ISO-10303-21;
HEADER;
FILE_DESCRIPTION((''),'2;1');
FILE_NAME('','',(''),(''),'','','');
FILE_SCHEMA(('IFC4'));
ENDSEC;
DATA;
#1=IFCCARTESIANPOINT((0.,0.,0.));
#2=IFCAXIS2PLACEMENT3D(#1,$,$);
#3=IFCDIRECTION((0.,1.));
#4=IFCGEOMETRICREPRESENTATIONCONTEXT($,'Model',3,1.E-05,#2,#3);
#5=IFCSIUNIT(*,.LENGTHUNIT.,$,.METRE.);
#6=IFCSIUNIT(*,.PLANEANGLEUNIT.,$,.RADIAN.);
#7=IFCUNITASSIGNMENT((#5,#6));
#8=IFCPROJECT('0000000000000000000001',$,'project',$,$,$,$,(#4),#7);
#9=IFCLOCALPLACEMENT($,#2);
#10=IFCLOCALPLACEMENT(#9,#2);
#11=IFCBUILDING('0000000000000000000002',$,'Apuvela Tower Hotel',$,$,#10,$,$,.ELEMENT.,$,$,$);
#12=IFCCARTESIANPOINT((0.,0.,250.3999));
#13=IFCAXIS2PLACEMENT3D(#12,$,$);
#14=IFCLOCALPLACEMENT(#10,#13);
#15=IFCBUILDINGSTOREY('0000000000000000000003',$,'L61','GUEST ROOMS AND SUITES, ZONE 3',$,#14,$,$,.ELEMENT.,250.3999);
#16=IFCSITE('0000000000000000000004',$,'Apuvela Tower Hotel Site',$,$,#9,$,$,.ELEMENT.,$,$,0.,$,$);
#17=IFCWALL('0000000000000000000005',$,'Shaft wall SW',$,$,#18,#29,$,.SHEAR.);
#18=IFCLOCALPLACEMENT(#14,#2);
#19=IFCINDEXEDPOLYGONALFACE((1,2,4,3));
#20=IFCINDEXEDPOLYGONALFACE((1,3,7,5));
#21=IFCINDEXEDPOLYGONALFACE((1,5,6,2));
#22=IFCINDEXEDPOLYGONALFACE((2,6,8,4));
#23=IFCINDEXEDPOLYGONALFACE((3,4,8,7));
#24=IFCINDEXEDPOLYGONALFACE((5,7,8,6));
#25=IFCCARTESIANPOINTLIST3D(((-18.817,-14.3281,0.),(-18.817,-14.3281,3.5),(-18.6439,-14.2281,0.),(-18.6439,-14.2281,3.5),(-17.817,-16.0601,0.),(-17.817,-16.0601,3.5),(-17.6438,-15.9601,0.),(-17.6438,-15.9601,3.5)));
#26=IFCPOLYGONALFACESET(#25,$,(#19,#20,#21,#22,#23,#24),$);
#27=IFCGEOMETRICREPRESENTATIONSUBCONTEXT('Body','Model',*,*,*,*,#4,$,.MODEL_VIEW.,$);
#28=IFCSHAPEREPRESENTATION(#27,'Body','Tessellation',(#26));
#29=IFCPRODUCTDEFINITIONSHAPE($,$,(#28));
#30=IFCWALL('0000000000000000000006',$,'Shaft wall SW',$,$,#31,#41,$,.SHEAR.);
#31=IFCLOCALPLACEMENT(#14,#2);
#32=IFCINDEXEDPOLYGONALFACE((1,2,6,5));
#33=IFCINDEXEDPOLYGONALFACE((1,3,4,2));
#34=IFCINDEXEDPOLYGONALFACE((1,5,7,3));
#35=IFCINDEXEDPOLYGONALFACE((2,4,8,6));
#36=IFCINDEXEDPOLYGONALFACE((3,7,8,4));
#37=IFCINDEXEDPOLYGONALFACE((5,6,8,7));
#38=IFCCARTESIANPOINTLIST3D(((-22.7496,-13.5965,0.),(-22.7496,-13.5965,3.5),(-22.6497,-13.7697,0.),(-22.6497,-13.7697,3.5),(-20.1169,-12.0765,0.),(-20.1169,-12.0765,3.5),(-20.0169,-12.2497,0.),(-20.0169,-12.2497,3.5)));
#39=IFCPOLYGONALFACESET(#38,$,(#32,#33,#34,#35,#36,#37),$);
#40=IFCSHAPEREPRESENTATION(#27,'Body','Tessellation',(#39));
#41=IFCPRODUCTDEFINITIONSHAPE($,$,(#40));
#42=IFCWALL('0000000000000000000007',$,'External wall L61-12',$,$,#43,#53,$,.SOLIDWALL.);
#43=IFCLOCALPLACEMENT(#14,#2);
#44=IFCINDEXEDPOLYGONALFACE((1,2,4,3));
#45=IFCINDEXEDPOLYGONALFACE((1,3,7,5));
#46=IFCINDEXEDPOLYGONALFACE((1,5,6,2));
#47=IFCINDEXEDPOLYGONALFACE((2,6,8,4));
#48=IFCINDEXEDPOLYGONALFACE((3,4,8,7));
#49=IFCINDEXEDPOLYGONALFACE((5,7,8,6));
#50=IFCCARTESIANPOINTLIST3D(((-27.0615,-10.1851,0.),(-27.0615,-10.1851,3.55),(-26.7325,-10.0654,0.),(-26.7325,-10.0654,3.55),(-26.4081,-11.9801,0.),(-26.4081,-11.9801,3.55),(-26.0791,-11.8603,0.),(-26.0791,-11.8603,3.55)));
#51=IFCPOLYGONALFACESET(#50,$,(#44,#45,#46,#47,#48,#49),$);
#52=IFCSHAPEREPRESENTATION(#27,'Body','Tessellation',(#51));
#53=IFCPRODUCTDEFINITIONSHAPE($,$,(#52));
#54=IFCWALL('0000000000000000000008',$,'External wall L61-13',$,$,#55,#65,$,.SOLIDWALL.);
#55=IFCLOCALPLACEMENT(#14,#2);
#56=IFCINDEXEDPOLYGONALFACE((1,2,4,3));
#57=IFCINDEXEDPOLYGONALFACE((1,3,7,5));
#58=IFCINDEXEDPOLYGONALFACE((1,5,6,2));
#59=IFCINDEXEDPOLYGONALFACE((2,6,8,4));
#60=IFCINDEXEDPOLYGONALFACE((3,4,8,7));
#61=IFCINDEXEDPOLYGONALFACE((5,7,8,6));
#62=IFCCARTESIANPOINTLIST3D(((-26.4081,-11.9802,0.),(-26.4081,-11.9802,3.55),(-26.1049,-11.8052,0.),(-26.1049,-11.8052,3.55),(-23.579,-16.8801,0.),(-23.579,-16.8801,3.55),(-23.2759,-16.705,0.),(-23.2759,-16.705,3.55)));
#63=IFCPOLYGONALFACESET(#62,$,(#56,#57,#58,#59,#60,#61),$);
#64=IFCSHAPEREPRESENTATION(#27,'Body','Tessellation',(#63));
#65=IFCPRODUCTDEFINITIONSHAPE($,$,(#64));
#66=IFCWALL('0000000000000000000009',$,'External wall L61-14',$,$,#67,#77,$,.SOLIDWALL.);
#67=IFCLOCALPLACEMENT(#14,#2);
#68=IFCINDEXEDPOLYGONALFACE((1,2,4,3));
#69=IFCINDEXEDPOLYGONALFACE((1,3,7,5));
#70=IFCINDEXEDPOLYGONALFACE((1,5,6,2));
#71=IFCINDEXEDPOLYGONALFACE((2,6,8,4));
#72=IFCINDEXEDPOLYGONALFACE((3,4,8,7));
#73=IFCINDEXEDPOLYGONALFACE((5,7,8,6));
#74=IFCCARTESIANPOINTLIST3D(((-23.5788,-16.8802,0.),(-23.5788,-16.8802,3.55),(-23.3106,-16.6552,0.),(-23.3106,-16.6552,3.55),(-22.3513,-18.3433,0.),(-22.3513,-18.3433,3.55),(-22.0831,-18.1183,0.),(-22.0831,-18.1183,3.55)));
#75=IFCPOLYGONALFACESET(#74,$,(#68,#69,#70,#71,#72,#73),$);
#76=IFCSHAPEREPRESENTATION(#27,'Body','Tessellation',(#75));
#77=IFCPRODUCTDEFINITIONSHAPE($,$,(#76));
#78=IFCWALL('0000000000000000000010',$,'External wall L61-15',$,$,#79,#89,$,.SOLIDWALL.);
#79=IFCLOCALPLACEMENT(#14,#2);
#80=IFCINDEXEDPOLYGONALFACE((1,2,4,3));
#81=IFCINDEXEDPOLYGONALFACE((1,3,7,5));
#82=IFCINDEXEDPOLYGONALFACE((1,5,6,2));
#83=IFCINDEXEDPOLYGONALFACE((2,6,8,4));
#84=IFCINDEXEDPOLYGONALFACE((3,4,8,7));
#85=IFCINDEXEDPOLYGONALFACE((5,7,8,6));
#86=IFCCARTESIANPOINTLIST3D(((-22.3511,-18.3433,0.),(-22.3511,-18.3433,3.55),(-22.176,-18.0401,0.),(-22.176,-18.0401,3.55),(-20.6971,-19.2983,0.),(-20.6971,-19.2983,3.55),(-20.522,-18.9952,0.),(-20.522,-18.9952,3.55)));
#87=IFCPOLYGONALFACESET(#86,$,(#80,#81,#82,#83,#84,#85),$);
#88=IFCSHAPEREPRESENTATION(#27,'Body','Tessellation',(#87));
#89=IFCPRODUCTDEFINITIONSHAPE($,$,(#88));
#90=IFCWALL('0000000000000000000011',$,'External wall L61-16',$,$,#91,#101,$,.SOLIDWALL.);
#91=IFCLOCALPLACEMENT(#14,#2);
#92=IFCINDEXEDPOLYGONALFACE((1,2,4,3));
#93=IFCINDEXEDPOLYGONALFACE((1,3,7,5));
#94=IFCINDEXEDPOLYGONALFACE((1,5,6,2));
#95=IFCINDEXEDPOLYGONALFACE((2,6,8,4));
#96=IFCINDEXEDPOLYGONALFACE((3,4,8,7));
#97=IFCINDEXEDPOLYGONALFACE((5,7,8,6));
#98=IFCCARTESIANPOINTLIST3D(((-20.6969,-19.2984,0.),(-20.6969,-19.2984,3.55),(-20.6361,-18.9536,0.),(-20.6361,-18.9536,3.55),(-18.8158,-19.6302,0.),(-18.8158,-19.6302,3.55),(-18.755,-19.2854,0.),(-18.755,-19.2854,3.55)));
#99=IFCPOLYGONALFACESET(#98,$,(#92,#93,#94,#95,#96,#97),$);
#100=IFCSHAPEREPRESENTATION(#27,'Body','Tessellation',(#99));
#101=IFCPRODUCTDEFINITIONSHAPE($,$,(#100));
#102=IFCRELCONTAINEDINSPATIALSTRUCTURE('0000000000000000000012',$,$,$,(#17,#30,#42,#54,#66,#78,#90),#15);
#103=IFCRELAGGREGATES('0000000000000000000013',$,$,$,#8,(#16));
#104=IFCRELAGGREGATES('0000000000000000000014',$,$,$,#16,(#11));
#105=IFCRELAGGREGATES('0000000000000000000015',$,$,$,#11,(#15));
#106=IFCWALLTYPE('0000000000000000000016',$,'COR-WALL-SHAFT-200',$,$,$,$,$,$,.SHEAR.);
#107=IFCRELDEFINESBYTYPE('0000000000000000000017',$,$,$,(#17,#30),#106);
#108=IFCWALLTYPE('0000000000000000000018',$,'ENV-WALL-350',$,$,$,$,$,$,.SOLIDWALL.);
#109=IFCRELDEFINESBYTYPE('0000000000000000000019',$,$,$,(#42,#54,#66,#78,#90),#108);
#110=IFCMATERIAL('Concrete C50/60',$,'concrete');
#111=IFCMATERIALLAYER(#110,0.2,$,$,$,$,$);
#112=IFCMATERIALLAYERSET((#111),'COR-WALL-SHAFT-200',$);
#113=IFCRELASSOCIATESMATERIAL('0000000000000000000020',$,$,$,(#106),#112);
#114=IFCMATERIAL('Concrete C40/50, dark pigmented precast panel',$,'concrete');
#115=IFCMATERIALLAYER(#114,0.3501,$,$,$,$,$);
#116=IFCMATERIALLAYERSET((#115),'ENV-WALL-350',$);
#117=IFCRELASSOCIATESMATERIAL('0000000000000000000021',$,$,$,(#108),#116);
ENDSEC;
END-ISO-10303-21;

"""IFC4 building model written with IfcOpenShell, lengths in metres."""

from ifc_helpers import new_model, si_unit, direction, frame, frame_2d, origin, place, context, subcontext, project, spatial, rectangle, extrude, material, layer, layer_set, type_object, element, save


model = new_model("IFC4")

# Units and contexts
model_context = context("Model", 3, precision=1e-05, world=origin(), true_north=direction((0.0, 1.0)))
body_context = subcontext(model_context, "Body", "Model", "MODEL_VIEW")
ifc_project = project(units=[si_unit("LENGTHUNIT", "METRE"), si_unit("PLANEANGLEUNIT", "RADIAN")], contexts=[model_context])

# Site, building, storey
site_placement = place(None, origin())
site = spatial("IfcSite", under=ifc_project, at=site_placement, Name="Apuvela Tower Hotel Site", CompositionType="ELEMENT", RefElevation=0.0)
building_placement = place(site_placement, origin())
building = spatial("IfcBuilding", under=site, at=building_placement, Name="Apuvela Tower Hotel", CompositionType="ELEMENT")
storey_placement = place(building_placement, frame((0.0, 0.0, 250.3999)))
storey = spatial("IfcBuildingStorey", under=building, at=storey_placement, Name="L61", Description="GUEST ROOMS AND SUITES, ZONE 3", CompositionType="ELEMENT", Elevation=250.3999)

# Shared definitions
ifc_material_1 = material(Name="Concrete C50/60", Category="concrete")
ifc_layer_1 = layer(ifc_material_1, 0.2)
ifc_layer_set_1 = layer_set([ifc_layer_1], Name="COR-WALL-SHAFT-200")
wall_type_1 = type_object("IfcWallType", Name="COR-WALL-SHAFT-200", PredefinedType="SHEAR", material=ifc_layer_set_1)

# Walls
wall_1_placement = place(storey_placement, frame((-18.7305, -14.2781, 0.0), z_axis=(0.0, 0.0, 1.0), x_axis=(0.500025, -0.866011, 0.0)))
element("IfcWall", 1, at=wall_1_placement, inside=storey, type_object=wall_type_1, Name="Shaft wall SW", PredefinedType="SHEAR", context=body_context, shape_type="SweptSolid", body=[
    extrude(rectangle(XDim=2.0, YDim=0.2, at=frame_2d((1.0, 0.0))), origin(), (0.0, 0.0, 1.0), 3.5),
])
wall_2_placement = place(storey_placement, frame((-20.0669, -12.1631, 0.0), z_axis=(0.0, 0.0, 1.0), x_axis=(-0.86603, -0.499991, 0.0)))
element("IfcWall", 2, at=wall_2_placement, inside=storey, type_object=wall_type_1, Name="Shaft wall SW", PredefinedType="SHEAR", context=body_context, shape_type="SweptSolid", body=[
    extrude(rectangle(XDim=3.04, YDim=0.2, at=frame_2d((1.52, 0.0))), origin(), (0.0, 0.0, 1.0), 3.5),
])
ifc_material_2 = material(Name="Concrete C40/50, dark pigmented precast panel", Category="concrete")
ifc_layer_2 = layer(ifc_material_2, 0.3501)
ifc_layer_set_2 = layer_set([ifc_layer_2], Name="ENV-WALL-350")
wall_type_2 = type_object("IfcWallType", Name="ENV-WALL-350", PredefinedType="SOLIDWALL", material=ifc_layer_set_2)
wall_3_placement = place(storey_placement, frame((-26.897, -10.1252, 0.0), z_axis=(0.0, 0.0, 1.0), x_axis=(0.34203, -0.939689, 0.0)))
element("IfcWall", 3, at=wall_3_placement, inside=storey, type_object=wall_type_2, Name="External wall L61-12", PredefinedType="SOLIDWALL", context=body_context, shape_type="SweptSolid", body=[
    extrude(rectangle(XDim=1.9102, YDim=0.3501, at=frame_2d((0.9551, 0.0))), origin(), (0.0, 0.0, 1.0), 3.55),
])
wall_4_placement = place(storey_placement, frame((-26.2566, -11.8926, 0.0), z_axis=(0.0, 0.0, 1.0), x_axis=(0.500019, -0.866015, 0.0)))
element("IfcWall", 4, at=wall_4_placement, inside=storey, type_object=wall_type_2, Name="External wall L61-13", PredefinedType="SOLIDWALL", context=body_context, shape_type="SweptSolid", body=[
    extrude(rectangle(XDim=5.658, YDim=0.3501, at=frame_2d((2.8291, 0.0))), origin(), (0.0, 0.0, 1.0), 3.55),
])
for number, where, z_axis, x_axis, name in (
    (5, (-23.4448, -16.7676, 0.0), (0.0, 0.0, 1.0), (0.642733, -0.76609, 0.0), "External wall L61-14"),
    (6, (-22.2637, -18.1917, 0.0), (0.0, 0.0, 1.0), (0.866, -0.500043, 0.0), "External wall L61-15"),
):
    element("IfcWall", number, at=place(storey_placement, frame(where, z_axis=z_axis, x_axis=x_axis)), inside=storey, type_object=wall_type_2, Name=name, PredefinedType="SOLIDWALL", context=body_context, shape_type="SweptSolid", body=[
        extrude(rectangle(XDim=1.9099, YDim=0.3501, at=frame_2d((0.9551, 0.0))), origin(), (0.0, 0.0, 1.0), 3.55),
    ])
wall_5_placement = place(storey_placement, frame((-20.6665, -19.126, 0.0), z_axis=(0.0, 0.0, 1.0), x_axis=(0.984799, -0.173698, 0.0)))
element("IfcWall", 7, at=wall_5_placement, inside=storey, type_object=wall_type_2, Name="External wall L61-16", PredefinedType="SOLIDWALL", context=body_context, shape_type="SweptSolid", body=[
    extrude(rectangle(XDim=1.9102, YDim=0.3501, at=frame_2d((0.9551, 0.0))), origin(), (0.0, 0.0, 1.0), 3.55),
])

save(model, "model.ifc")
